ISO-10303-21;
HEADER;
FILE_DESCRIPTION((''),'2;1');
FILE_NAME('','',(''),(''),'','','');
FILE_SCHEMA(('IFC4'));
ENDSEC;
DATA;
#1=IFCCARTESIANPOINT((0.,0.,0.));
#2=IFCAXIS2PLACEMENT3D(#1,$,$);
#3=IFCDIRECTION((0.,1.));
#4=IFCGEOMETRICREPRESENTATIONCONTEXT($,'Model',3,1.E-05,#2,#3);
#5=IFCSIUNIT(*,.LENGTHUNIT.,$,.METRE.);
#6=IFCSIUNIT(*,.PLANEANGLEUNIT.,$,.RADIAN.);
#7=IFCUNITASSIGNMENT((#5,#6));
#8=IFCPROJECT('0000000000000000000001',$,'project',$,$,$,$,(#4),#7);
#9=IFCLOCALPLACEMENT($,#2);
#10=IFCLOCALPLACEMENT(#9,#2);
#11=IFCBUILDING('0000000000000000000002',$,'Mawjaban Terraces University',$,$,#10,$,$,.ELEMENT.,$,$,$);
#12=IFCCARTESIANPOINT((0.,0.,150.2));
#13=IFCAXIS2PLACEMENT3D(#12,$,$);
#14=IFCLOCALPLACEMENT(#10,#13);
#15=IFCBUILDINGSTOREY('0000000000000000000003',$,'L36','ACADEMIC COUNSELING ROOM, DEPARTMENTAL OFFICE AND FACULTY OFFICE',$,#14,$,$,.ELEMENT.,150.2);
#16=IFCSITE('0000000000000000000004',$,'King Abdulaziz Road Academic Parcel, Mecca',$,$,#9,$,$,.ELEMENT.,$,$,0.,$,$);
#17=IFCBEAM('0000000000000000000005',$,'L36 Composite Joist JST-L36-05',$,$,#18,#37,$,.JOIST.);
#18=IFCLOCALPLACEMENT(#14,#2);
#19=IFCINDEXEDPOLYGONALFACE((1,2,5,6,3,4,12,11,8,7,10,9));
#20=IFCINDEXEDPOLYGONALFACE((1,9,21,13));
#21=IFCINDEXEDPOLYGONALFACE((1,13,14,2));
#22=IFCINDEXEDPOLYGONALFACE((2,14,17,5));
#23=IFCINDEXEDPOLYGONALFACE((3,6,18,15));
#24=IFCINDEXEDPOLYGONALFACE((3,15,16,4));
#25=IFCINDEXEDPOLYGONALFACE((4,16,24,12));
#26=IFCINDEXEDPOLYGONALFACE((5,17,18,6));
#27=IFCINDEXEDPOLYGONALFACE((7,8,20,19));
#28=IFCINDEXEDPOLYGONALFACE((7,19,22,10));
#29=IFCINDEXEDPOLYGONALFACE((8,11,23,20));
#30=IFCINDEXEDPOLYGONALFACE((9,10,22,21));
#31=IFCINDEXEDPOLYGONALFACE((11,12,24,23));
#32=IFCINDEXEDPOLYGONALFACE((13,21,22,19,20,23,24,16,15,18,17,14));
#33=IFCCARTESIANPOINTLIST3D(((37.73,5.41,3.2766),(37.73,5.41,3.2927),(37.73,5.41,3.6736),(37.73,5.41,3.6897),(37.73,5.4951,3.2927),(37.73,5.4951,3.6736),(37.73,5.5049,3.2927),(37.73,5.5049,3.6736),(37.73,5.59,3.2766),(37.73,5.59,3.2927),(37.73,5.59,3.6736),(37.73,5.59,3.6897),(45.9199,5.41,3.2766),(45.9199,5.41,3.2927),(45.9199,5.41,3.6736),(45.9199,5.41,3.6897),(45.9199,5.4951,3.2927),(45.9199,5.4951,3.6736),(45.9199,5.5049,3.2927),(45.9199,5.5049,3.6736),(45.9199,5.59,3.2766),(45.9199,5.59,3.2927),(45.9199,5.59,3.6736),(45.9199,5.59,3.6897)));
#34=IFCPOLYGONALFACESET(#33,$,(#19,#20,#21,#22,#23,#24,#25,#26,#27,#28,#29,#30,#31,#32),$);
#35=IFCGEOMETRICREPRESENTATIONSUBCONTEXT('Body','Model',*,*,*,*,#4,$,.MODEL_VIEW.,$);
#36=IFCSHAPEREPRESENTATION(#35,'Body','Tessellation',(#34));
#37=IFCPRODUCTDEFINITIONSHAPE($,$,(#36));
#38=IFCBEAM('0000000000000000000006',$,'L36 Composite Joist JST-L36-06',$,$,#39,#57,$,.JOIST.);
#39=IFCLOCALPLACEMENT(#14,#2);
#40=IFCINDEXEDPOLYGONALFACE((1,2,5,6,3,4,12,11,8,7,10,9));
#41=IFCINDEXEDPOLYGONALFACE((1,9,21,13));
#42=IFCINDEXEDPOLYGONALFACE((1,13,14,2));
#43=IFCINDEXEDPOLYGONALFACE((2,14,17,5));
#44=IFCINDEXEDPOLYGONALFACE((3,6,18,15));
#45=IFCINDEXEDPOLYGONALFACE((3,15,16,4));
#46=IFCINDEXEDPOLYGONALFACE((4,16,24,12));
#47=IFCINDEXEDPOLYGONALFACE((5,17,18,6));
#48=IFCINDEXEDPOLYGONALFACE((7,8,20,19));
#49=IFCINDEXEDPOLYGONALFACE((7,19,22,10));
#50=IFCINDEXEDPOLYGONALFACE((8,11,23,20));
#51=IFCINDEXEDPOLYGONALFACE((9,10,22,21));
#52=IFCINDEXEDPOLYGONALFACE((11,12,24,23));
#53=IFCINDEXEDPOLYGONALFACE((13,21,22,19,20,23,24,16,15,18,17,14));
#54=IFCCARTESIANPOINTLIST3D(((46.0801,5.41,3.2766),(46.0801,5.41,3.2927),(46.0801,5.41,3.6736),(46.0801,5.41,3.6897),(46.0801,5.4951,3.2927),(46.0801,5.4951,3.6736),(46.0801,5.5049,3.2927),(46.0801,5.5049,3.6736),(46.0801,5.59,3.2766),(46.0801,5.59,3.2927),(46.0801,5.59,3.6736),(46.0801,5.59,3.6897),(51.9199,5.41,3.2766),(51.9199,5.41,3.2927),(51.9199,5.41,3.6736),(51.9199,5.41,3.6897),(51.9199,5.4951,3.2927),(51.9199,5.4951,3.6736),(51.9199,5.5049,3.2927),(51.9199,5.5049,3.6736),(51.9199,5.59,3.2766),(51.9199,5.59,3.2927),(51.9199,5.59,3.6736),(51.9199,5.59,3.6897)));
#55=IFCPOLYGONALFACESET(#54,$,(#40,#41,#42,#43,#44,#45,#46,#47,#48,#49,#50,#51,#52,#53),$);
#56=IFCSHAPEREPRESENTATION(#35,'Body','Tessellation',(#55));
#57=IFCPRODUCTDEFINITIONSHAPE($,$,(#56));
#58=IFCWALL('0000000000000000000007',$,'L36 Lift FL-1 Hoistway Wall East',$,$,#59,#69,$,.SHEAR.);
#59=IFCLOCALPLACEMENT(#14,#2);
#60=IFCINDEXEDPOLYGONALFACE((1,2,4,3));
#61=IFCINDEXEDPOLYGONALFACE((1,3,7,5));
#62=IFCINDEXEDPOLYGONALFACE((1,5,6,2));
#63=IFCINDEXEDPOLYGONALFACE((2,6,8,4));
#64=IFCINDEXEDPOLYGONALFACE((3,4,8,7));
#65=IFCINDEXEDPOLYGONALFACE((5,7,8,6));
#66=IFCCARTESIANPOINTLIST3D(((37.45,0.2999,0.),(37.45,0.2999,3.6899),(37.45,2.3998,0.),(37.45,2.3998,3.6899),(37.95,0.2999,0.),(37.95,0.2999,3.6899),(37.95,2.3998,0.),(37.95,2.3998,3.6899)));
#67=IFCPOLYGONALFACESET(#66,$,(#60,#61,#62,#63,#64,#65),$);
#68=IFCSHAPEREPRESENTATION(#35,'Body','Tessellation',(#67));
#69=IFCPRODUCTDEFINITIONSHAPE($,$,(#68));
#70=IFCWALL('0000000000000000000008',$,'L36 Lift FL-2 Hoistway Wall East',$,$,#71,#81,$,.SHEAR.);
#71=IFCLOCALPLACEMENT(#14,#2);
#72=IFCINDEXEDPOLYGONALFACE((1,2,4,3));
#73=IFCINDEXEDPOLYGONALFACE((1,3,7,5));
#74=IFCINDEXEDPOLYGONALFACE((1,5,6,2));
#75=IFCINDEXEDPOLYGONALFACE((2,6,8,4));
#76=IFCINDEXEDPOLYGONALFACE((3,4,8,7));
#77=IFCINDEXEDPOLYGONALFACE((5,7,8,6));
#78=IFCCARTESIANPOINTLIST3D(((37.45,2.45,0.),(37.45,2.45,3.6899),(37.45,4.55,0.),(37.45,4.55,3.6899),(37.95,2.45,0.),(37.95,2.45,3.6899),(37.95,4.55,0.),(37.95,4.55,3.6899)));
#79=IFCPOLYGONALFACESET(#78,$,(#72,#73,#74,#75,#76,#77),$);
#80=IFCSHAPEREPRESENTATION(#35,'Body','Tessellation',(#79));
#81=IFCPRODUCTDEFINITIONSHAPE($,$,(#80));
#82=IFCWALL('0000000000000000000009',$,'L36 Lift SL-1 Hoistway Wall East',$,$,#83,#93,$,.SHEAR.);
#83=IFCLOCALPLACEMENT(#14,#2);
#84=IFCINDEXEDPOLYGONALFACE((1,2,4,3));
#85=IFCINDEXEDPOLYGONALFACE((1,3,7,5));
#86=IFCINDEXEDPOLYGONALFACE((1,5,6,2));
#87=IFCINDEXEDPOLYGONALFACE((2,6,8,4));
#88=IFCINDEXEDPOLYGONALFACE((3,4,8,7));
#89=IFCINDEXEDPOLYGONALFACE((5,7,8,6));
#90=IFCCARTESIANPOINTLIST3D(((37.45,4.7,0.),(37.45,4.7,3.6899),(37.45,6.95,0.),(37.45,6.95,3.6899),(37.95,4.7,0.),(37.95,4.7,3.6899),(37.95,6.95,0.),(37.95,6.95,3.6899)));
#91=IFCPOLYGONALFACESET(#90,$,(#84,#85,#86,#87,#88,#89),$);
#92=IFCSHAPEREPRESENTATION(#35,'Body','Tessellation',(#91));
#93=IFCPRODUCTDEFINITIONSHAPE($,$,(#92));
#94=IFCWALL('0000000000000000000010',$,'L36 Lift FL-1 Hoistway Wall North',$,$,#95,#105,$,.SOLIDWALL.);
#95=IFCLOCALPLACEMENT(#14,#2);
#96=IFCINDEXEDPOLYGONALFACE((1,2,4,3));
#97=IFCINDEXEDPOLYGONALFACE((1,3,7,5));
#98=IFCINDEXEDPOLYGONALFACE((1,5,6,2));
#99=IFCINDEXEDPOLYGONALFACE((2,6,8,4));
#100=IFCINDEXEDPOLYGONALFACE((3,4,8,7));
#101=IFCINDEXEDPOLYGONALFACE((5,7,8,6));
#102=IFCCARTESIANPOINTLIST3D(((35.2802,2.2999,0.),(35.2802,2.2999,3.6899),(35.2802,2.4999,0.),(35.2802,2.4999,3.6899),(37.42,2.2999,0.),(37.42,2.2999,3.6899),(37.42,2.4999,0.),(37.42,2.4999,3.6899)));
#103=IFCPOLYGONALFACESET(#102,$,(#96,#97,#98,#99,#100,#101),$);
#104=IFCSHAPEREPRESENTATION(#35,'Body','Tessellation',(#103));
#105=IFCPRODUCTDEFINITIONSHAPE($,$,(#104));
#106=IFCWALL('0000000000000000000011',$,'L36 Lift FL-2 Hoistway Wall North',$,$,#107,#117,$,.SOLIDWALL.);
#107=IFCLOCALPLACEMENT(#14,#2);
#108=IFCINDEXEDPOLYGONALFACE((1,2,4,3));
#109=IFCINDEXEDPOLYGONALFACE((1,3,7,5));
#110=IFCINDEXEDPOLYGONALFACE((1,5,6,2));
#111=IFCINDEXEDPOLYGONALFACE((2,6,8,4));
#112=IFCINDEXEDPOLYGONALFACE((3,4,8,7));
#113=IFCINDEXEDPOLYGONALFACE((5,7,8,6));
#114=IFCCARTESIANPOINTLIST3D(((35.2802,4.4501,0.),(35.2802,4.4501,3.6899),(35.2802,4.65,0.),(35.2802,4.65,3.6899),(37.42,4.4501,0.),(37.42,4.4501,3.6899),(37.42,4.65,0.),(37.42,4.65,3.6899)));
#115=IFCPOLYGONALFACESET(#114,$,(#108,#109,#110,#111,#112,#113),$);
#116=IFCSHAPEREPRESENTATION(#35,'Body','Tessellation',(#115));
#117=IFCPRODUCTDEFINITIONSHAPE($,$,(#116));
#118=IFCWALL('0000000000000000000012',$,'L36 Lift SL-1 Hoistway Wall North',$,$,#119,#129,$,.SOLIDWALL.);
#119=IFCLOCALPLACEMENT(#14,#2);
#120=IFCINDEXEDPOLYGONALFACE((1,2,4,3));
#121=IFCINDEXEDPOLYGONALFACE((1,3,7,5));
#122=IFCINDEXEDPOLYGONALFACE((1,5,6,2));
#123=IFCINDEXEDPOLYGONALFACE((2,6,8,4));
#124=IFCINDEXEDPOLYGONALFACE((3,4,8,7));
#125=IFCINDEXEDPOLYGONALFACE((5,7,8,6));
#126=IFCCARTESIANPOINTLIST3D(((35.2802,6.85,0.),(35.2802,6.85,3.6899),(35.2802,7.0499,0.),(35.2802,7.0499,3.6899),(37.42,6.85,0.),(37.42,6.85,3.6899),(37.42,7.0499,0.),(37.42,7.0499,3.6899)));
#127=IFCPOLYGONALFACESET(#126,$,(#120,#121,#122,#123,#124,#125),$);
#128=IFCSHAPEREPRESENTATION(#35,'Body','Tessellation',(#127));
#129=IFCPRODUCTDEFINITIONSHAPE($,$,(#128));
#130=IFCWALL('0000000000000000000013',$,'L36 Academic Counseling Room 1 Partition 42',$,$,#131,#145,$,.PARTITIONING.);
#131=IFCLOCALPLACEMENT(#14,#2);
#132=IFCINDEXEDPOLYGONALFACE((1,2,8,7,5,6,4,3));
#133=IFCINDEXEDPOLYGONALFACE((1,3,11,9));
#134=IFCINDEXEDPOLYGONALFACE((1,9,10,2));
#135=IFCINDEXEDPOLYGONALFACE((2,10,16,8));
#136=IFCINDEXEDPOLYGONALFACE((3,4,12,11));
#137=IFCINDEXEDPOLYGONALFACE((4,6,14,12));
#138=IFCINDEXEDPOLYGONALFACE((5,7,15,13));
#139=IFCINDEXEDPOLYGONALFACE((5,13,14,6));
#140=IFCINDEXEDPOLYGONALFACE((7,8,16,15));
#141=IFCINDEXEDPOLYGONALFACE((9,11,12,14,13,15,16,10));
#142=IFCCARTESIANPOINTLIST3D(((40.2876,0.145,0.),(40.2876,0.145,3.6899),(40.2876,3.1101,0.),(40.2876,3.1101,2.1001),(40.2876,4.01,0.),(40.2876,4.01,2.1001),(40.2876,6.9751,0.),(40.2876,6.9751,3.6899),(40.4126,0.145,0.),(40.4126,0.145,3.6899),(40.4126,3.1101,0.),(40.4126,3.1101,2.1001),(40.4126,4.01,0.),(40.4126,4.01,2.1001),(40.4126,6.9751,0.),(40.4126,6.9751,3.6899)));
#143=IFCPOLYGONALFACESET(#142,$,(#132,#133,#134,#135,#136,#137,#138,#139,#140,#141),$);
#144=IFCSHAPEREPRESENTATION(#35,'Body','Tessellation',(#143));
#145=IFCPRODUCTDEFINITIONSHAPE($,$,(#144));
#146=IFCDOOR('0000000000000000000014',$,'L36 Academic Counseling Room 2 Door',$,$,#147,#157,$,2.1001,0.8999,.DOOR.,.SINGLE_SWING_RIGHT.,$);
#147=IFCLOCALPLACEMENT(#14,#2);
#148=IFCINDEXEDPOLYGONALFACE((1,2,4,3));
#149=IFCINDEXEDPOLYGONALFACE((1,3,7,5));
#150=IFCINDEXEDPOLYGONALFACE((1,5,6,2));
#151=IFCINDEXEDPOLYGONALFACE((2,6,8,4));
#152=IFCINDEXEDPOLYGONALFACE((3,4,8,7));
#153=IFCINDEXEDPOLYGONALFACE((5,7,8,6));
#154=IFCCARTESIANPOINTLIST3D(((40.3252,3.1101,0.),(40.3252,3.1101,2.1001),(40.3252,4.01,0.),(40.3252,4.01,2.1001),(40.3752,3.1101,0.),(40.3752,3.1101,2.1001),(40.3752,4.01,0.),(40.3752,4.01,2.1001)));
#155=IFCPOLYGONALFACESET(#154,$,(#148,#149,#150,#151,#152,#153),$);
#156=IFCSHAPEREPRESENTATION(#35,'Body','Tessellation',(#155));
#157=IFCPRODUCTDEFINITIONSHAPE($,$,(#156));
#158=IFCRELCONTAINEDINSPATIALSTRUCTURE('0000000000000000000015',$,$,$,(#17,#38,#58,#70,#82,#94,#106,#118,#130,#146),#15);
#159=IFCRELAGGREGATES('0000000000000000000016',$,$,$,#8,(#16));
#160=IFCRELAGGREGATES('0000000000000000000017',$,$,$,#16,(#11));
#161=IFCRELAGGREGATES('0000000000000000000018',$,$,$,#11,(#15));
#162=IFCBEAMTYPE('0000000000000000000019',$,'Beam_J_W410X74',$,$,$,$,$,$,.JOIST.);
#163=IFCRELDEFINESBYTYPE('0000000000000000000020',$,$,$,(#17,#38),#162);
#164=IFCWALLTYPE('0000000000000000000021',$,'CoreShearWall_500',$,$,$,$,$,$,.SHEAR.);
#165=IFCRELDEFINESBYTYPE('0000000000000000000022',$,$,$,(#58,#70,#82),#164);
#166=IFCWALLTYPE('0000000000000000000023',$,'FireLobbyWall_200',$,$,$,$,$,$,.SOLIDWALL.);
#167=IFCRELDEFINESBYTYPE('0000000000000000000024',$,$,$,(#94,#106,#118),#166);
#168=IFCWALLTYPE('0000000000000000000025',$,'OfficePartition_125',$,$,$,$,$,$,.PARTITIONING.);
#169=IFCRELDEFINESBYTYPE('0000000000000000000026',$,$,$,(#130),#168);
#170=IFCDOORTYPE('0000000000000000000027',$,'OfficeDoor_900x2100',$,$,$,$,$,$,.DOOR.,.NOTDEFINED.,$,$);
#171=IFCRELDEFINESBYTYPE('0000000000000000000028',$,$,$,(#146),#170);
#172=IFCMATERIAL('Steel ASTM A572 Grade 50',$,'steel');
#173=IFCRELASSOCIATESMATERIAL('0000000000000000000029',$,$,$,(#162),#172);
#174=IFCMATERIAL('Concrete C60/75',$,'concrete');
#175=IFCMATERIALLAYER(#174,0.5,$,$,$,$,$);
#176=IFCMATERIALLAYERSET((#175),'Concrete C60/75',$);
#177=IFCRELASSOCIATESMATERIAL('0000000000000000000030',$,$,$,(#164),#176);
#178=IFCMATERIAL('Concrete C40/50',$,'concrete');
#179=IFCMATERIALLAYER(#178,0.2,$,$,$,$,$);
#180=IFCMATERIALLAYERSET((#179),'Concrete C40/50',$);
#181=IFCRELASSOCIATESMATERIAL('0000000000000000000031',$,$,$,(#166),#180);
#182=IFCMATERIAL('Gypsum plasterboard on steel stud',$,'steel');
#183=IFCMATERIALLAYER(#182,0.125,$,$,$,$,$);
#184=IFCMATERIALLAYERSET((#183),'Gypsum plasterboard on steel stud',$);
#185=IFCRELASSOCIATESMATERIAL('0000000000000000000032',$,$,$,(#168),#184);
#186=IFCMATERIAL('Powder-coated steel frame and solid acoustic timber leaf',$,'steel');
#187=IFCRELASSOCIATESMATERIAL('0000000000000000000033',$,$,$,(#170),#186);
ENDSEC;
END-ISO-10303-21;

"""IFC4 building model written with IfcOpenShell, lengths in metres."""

from ifc_helpers import new_model, si_unit, direction, frame, frame_2d, origin, origin_2d, place, context, subcontext, project, spatial, rectangle, i_section, extrude, material, layer, layer_set, material_profile, profile_set, type_object, element, fill, save


model = new_model("IFC4")

# Units and contexts
model_context = context("Model", 3, precision=1e-05, world=origin(), true_north=direction((0.0, 1.0)))
body_context = subcontext(model_context, "Body", "Model", "MODEL_VIEW")
ifc_project = project(units=[si_unit("LENGTHUNIT", "METRE"), si_unit("PLANEANGLEUNIT", "RADIAN")], contexts=[model_context])

# Site, building, storey
site_placement = place(None, origin())
site = spatial("IfcSite", under=ifc_project, at=site_placement, Name="King Abdulaziz Road Academic Parcel, Mecca", CompositionType="ELEMENT", RefElevation=0.0)
building_placement = place(site_placement, origin())
building = spatial("IfcBuilding", under=site, at=building_placement, Name="Mawjaban Terraces University", CompositionType="ELEMENT")
storey_placement = place(building_placement, frame((0.0, 0.0, 150.2)))
storey = spatial("IfcBuildingStorey", under=building, at=storey_placement, Name="L36", Description="ACADEMIC COUNSELING ROOM, DEPARTMENTAL OFFICE AND FACULTY OFFICE", CompositionType="ELEMENT", Elevation=150.2)

# Shared definitions
ifc_material_1 = material(Name="Concrete C60/75", Category="concrete")

# Beams
ifc_material_2 = material(Name="Steel ASTM A572 Grade 50", Category="steel")
ifc_material_profile_1 = material_profile(ifc_material_2, i_section(OverallWidth=0.1799, OverallDepth=0.4131, WebThickness=0.0098, FlangeThickness=0.0161, at=origin_2d()), Name="W410X74")
ifc_profile_set_1 = profile_set([ifc_material_profile_1], Name="Steel ASTM A572 Grade 50")
beam_type_1 = type_object("IfcBeamType", Name="Beam_J_W410X74", PredefinedType="JOIST", material=ifc_profile_set_1)
beam_1_placement = place(storey_placement, frame((37.73, 5.5, 3.4832), z_axis=(1.0, 0.0, 0.0), x_axis=(0.0, 1.0, 0.0)))
element("IfcBeam", 1, at=beam_1_placement, inside=storey, type_object=beam_type_1, Name="L36 Composite Joist JST-L36-05", PredefinedType="JOIST", context=body_context, shape_type="SweptSolid", body=[
    extrude(i_section(OverallWidth=0.1799, OverallDepth=0.4131, WebThickness=0.0098, FlangeThickness=0.0161, at=origin_2d()), origin(), (0.0, 0.0, 1.0), 8.1899),
])
beam_2_placement = place(storey_placement, frame((46.0801, 5.5, 3.4832), z_axis=(1.0, 0.0, 0.0), x_axis=(0.0, 1.0, 0.0)))
element("IfcBeam", 2, at=beam_2_placement, inside=storey, type_object=beam_type_1, Name="L36 Composite Joist JST-L36-06", PredefinedType="JOIST", context=body_context, shape_type="SweptSolid", body=[
    extrude(i_section(OverallWidth=0.1799, OverallDepth=0.4131, WebThickness=0.0098, FlangeThickness=0.0161, at=origin_2d()), origin(), (0.0, 0.0, 1.0), 5.8398),
])

# Walls
ifc_layer_1 = layer(ifc_material_1, 0.5)
ifc_layer_set_1 = layer_set([ifc_layer_1], Name="Concrete C60/75")
wall_type_1 = type_object("IfcWallType", Name="CoreShearWall_500", PredefinedType="SHEAR", material=ifc_layer_set_1)
wall_1_placement = place(storey_placement, frame((37.7, 0.3, 0.0), z_axis=(0.0, 0.0, 1.0), x_axis=(0.0, 1.0, 0.0)))
element("IfcWall", 3, at=wall_1_placement, inside=storey, type_object=wall_type_1, Name="L36 Lift FL-1 Hoistway Wall East", PredefinedType="SHEAR", context=body_context, shape_type="SweptSolid", body=[
    extrude(rectangle(XDim=2.0999, YDim=0.5, at=frame_2d((1.0498, 0.0))), origin(), (0.0, 0.0, 1.0), 3.6899),
])
wall_2_placement = place(storey_placement, frame((37.7, 2.45, 0.0), z_axis=(0.0, 0.0, 1.0), x_axis=(0.0, 1.0, 0.0)))
element("IfcWall", 4, at=wall_2_placement, inside=storey, type_object=wall_type_1, Name="L36 Lift FL-2 Hoistway Wall East", PredefinedType="SHEAR", context=body_context, shape_type="SweptSolid", body=[
    extrude(rectangle(XDim=2.1001, YDim=0.5, at=frame_2d((1.05, 0.0))), origin(), (0.0, 0.0, 1.0), 3.6899),
])
wall_3_placement = place(storey_placement, frame((37.7, 4.7, 0.0), z_axis=(0.0, 0.0, 1.0), x_axis=(0.0, 1.0, 0.0)))
element("IfcWall", 5, at=wall_3_placement, inside=storey, type_object=wall_type_1, Name="L36 Lift SL-1 Hoistway Wall East", PredefinedType="SHEAR", context=body_context, shape_type="SweptSolid", body=[
    extrude(rectangle(XDim=2.25, YDim=0.5, at=frame_2d((1.125, 0.0))), origin(), (0.0, 0.0, 1.0), 3.6899),
])
ifc_material_3 = material(Name="Concrete C40/50", Category="concrete")
ifc_layer_2 = layer(ifc_material_3, 0.2)
ifc_layer_set_2 = layer_set([ifc_layer_2], Name="Concrete C40/50")
wall_type_2 = type_object("IfcWallType", Name="FireLobbyWall_200", PredefinedType="SOLIDWALL", material=ifc_layer_set_2)
for number, where, z_axis, x_axis, name in (
    (6, (37.4199, 2.3999, 0.0), (0.0, 0.0, 1.0), (-1.0, 0.0, 0.0), "L36 Lift FL-1 Hoistway Wall North"),
    (7, (37.4199, 4.55, 0.0), (0.0, 0.0, 1.0), (-1.0, 0.0, 0.0), "L36 Lift FL-2 Hoistway Wall North"),
    (8, (37.4199, 6.95, 0.0), (0.0, 0.0, 1.0), (-1.0, 0.0, 0.0), "L36 Lift SL-1 Hoistway Wall North"),
):
    element("IfcWall", number, at=place(storey_placement, frame(where, z_axis=z_axis, x_axis=x_axis)), inside=storey, type_object=wall_type_2, Name=name, PredefinedType="SOLIDWALL", context=body_context, shape_type="SweptSolid", body=[
        extrude(rectangle(XDim=2.1399, YDim=0.2, at=frame_2d((1.0698, 0.0))), origin(), (0.0, 0.0, 1.0), 3.6899),
    ])

# Wall, opening, door
ifc_material_4 = material(Name="Gypsum plasterboard on steel stud", Category="steel")
ifc_layer_3 = layer(ifc_material_4, 0.125)
ifc_layer_set_3 = layer_set([ifc_layer_3], Name="Gypsum plasterboard on steel stud")
wall_type_3 = type_object("IfcWallType", Name="OfficePartition_125", PredefinedType="PARTITIONING", material=ifc_layer_set_3)
wall_4_placement = place(storey_placement, frame((40.3501, 0.145, 0.0), z_axis=(0.0, 0.0, 1.0), x_axis=(0.0, 1.0, 0.0)))
wall_4 = element("IfcWall", 9, at=wall_4_placement, inside=storey, type_object=wall_type_3, Name="L36 Academic Counseling Room 1 Partition 42", PredefinedType="PARTITIONING", context=body_context, shape_type="SweptSolid", body=[
    extrude(rectangle(XDim=6.8301, YDim=0.125, at=frame_2d((3.415, 0.0))), origin(), (0.0, 0.0, 1.0), 3.6899),
])
opening_placement = place(wall_4_placement, frame((2.9651, 0.0, 0.0)))
opening = element("IfcOpeningElement", 10, at=opening_placement, cuts=wall_4, PredefinedType="OPENING", context=body_context, shape_type="SweptSolid", body=[
    extrude(rectangle(XDim=0.8999, YDim=2.1001, at=frame_2d((0.45, 1.05))), frame((0.0, 0.0725, 0.0), z_axis=(0.0, -1.0, 0.0), x_axis=(1.0, 0.0, 0.0)), (0.0, 0.0, 1.0), 0.145),
])
ifc_material_5 = material(Name="Powder-coated steel frame and solid acoustic timber leaf", Category="steel")
door_type = type_object("IfcDoorType", Name="OfficeDoor_900x2100", OperationType="NOTDEFINED", PredefinedType="DOOR", material=ifc_material_5)
door_placement = place(opening_placement, origin())
door = element("IfcDoor", 11, at=door_placement, inside=storey, type_object=door_type, Name="L36 Academic Counseling Room 2 Door", OperationType="SINGLE_SWING_RIGHT", OverallHeight=2.1001, OverallWidth=0.8999, PredefinedType="DOOR", context=body_context, shape_type="SweptSolid", body=[
    extrude(rectangle(XDim=0.8999, YDim=2.1001, at=frame_2d((0.45, 1.05))), frame((0.0, 0.0249, 0.0), z_axis=(0.0, -1.0, 0.0), x_axis=(1.0, 0.0, 0.0)), (0.0, 0.0, 1.0), 0.05),
])
fill(opening, door)

save(model, "model.ifc")
